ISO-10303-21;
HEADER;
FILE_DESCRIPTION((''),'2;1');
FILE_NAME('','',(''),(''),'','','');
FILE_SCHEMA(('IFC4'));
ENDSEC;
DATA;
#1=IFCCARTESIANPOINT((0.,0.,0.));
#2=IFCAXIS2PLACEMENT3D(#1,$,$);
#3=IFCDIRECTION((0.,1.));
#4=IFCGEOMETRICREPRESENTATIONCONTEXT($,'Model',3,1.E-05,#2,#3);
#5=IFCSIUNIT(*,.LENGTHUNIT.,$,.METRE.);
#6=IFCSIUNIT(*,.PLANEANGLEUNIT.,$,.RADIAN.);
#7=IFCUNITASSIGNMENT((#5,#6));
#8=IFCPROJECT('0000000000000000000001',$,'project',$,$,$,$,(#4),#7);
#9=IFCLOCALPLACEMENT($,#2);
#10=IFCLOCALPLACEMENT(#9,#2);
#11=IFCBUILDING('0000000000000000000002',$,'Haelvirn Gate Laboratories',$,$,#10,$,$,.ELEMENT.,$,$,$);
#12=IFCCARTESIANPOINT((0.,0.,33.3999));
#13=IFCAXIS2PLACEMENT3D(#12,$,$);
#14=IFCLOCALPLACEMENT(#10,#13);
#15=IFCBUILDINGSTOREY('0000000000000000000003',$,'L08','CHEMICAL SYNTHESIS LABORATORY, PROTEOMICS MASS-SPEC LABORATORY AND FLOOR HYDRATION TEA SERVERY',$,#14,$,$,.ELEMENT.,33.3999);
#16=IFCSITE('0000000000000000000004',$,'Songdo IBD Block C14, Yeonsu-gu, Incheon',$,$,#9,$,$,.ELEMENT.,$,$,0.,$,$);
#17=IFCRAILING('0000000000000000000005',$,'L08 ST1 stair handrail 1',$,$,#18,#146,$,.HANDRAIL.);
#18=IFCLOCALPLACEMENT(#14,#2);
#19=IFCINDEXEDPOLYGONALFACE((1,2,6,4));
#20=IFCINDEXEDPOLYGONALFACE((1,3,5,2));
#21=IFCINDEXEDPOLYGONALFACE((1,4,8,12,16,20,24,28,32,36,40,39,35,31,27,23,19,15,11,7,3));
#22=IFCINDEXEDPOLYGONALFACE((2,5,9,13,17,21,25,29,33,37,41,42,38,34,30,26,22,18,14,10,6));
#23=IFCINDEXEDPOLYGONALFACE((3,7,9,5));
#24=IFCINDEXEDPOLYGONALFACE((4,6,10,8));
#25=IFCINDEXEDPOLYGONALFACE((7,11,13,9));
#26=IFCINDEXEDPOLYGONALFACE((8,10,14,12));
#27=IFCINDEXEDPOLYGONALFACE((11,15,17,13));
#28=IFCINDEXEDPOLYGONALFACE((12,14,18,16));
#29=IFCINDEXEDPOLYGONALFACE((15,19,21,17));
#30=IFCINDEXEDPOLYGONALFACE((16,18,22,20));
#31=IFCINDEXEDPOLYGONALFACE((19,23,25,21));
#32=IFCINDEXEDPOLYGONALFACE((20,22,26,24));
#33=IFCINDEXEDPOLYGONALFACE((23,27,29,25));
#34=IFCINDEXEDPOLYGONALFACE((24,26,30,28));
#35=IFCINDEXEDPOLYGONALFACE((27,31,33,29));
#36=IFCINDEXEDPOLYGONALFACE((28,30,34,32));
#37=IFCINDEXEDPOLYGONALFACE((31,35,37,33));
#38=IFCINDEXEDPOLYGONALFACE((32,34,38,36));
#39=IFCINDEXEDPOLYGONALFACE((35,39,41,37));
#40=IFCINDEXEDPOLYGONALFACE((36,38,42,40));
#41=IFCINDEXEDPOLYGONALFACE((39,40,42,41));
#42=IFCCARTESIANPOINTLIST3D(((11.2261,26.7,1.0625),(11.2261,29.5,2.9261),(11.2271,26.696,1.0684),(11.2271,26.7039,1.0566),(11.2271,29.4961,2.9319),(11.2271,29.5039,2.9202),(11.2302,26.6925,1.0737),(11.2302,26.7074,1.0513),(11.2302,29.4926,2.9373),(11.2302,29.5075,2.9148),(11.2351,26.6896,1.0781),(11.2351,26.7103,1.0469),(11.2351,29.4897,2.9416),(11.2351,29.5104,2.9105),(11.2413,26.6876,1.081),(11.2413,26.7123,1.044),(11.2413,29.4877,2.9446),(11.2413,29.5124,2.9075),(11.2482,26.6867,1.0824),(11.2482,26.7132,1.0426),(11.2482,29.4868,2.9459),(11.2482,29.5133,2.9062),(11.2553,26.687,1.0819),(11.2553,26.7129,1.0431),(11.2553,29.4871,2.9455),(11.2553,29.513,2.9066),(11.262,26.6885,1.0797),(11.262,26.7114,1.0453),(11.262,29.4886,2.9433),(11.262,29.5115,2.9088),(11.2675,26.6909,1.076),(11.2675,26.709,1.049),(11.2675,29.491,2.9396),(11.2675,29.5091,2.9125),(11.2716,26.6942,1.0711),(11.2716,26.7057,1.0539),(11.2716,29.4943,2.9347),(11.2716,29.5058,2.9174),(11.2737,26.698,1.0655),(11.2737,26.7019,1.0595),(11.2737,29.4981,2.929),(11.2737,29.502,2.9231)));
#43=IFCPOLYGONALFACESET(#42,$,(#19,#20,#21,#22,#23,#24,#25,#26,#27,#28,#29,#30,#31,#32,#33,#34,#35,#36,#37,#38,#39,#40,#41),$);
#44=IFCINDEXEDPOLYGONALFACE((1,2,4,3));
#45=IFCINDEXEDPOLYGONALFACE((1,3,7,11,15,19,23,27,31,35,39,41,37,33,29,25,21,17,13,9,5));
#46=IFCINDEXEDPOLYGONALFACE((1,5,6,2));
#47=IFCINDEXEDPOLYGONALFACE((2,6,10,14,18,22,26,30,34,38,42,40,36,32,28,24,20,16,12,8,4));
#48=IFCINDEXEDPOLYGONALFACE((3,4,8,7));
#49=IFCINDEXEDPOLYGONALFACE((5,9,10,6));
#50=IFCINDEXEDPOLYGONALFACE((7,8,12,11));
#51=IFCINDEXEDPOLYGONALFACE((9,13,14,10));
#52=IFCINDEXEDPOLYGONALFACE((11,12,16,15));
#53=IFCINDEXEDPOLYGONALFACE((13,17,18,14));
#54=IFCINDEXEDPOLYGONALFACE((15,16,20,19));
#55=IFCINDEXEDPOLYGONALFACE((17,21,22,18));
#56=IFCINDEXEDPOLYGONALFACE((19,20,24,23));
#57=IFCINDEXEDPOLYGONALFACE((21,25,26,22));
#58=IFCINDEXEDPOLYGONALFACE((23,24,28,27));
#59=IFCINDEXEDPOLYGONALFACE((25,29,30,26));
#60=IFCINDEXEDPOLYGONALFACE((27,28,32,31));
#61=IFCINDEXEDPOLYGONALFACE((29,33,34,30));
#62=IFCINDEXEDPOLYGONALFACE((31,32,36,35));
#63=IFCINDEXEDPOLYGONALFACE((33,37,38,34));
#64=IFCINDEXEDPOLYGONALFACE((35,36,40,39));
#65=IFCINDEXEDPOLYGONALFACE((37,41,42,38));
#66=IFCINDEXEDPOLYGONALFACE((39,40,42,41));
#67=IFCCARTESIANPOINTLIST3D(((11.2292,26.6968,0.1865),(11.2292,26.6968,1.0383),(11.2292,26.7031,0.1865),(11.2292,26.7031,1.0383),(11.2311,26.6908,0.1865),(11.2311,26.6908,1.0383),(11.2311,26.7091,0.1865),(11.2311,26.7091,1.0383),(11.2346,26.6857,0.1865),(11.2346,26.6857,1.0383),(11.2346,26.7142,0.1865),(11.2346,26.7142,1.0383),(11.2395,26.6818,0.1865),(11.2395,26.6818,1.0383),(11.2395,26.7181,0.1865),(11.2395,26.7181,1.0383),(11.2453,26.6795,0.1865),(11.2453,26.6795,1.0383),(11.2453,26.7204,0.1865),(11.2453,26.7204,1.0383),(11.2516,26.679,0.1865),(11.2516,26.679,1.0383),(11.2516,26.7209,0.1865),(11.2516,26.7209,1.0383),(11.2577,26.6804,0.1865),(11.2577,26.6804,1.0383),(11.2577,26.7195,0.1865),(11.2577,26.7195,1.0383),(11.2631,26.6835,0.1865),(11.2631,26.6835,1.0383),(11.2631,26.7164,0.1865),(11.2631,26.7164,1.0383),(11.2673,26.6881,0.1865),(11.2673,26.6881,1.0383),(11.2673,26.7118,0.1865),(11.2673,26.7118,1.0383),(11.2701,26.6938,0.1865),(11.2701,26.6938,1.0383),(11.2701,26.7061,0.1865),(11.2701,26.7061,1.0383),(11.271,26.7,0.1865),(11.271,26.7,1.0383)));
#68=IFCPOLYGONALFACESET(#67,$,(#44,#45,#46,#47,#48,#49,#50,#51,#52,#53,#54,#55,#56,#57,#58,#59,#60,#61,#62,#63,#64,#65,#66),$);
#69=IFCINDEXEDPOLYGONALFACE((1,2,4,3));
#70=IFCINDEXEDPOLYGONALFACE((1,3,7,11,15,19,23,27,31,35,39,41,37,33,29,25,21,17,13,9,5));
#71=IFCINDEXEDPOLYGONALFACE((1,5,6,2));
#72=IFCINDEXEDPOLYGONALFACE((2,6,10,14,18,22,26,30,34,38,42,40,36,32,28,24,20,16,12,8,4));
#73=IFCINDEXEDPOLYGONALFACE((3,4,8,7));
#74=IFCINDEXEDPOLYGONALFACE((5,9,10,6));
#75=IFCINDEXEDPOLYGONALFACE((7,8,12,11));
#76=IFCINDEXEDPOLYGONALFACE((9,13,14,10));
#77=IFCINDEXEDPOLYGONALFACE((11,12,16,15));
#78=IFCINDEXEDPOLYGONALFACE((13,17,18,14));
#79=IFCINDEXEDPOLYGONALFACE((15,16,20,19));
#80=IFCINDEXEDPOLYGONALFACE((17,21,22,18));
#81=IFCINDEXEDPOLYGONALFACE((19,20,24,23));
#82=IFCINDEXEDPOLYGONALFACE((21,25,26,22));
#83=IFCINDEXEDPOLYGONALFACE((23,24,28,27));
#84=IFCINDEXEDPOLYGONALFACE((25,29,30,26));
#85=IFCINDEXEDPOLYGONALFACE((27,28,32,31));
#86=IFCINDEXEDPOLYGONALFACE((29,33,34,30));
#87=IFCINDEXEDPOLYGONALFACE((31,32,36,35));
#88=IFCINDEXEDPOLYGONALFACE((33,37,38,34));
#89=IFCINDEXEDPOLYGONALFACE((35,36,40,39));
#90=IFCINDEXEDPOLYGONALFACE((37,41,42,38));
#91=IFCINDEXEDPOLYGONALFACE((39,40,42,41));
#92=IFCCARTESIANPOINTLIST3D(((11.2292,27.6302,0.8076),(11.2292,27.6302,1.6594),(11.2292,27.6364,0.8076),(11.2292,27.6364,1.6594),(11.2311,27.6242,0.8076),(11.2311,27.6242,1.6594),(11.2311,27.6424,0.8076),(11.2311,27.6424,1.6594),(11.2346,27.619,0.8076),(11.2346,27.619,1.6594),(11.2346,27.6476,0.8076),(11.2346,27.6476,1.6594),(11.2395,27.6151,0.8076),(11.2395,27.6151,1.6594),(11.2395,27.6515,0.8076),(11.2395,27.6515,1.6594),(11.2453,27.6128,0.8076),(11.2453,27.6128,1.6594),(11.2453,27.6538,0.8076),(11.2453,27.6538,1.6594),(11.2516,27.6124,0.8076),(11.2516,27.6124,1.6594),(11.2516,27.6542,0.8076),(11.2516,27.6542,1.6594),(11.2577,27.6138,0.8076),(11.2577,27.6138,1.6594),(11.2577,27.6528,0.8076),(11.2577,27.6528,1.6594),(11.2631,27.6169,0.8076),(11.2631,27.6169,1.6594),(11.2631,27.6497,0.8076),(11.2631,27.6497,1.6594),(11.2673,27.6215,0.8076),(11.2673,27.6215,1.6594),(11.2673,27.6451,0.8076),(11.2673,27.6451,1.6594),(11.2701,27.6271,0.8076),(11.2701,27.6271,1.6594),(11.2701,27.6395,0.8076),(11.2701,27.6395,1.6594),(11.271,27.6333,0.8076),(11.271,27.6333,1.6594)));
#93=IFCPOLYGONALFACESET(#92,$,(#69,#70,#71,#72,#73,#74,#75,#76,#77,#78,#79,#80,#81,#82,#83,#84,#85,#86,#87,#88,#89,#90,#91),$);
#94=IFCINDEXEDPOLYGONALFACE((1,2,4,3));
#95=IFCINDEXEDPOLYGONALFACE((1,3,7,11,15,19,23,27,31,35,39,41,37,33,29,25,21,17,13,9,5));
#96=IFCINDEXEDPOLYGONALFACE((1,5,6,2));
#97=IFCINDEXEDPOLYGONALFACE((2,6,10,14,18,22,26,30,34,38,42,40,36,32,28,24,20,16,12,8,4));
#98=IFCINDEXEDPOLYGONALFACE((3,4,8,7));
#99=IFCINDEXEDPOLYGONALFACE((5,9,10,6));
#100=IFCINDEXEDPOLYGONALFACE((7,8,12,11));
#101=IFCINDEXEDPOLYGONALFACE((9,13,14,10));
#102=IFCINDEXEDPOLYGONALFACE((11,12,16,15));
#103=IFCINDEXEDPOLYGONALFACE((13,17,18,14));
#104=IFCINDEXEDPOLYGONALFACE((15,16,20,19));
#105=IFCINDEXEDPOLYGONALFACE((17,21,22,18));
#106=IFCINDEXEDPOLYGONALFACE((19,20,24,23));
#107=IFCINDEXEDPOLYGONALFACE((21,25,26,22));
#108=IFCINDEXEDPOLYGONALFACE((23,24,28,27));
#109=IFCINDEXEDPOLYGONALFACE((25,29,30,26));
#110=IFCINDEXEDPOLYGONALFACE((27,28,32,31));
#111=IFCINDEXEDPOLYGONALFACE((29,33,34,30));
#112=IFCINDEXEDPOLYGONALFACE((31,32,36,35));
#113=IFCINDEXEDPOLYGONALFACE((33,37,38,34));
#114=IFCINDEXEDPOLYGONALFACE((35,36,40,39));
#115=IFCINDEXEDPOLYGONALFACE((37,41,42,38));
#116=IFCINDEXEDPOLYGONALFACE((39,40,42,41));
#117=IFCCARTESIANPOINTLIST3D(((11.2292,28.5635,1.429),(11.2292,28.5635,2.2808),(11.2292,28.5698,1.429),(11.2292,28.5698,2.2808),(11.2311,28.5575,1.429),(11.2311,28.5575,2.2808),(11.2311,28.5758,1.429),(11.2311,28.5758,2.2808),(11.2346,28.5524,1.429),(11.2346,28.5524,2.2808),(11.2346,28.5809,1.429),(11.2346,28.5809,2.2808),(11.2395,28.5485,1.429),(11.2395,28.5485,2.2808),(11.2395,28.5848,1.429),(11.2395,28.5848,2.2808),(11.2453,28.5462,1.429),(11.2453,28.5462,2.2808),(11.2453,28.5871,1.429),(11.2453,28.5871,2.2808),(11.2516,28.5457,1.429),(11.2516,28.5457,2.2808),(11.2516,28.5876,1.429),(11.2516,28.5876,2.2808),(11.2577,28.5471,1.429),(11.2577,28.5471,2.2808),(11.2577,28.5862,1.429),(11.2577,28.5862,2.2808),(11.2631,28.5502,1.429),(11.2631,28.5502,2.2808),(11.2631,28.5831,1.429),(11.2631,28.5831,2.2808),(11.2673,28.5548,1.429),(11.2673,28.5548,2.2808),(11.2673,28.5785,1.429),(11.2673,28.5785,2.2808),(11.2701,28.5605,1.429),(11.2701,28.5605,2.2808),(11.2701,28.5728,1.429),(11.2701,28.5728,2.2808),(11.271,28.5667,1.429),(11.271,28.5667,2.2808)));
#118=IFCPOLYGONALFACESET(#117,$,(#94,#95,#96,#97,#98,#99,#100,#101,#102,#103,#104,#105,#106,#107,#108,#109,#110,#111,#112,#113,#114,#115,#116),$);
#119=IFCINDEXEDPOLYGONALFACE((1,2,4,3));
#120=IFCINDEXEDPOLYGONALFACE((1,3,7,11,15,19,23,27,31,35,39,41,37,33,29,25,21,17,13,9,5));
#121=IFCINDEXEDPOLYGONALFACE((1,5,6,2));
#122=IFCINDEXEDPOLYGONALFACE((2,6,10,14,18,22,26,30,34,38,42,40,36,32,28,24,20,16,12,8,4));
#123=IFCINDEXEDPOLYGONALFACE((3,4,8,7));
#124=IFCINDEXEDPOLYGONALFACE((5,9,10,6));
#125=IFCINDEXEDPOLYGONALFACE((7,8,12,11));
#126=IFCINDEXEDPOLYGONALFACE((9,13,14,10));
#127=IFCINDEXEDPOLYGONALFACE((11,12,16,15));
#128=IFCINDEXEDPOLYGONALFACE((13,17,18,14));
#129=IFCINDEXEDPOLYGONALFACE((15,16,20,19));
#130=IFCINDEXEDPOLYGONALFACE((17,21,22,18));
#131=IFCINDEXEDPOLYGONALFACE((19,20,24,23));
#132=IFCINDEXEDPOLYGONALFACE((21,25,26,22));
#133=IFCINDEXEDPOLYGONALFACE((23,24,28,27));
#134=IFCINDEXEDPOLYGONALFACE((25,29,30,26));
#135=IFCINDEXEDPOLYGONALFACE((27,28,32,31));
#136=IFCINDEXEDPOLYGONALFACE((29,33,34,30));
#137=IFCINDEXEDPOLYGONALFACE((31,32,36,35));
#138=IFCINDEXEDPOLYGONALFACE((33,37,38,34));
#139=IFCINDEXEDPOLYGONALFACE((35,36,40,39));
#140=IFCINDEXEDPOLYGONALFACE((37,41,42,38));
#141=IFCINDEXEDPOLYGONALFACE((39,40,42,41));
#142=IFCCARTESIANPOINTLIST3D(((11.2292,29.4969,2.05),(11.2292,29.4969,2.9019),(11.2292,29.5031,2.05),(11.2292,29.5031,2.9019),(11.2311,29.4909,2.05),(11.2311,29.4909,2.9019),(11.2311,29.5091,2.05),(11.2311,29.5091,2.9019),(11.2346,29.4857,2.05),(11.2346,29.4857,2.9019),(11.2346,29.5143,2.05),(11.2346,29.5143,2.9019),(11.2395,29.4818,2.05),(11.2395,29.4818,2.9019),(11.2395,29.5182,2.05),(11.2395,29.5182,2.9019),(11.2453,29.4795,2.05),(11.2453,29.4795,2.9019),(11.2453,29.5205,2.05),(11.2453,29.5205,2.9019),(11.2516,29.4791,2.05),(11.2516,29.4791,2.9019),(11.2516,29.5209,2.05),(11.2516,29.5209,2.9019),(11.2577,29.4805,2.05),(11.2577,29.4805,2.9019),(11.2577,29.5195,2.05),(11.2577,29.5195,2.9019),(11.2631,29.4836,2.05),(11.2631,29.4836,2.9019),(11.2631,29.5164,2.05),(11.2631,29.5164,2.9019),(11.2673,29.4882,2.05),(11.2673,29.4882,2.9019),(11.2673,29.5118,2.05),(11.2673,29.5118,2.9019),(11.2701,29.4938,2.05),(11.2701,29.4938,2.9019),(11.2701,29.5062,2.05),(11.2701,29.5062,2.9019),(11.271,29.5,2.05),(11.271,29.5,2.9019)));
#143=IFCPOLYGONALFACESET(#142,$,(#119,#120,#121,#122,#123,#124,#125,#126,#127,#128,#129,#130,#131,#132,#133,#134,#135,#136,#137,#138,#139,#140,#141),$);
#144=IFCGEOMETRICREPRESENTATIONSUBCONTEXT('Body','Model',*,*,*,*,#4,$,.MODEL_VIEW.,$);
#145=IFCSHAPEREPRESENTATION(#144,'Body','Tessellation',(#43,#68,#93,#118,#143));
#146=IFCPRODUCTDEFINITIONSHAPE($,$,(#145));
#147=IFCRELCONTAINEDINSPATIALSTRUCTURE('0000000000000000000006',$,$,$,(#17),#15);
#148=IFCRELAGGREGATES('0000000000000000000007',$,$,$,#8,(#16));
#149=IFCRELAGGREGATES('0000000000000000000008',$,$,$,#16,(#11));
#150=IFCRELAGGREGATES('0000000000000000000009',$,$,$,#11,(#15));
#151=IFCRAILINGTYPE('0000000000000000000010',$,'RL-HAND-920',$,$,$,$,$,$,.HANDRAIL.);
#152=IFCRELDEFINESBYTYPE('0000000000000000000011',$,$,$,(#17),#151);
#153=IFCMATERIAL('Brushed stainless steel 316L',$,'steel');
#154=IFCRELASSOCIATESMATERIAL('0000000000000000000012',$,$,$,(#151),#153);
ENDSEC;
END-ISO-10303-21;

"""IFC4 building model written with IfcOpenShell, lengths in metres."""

from ifc_helpers import new_model, si_unit, direction, frame, origin, origin_2d, place, context, subcontext, project, spatial, circle, extrude, source, transform, mapped, material, type_object, type_shapes, element, save


model = new_model("IFC4")

# Units and contexts
model_context = context("Model", 3, precision=1e-05, world=origin(), true_north=direction((0.0, 1.0)))
body_context = subcontext(model_context, "Body", "Model", "MODEL_VIEW")
ifc_project = project(units=[si_unit("LENGTHUNIT", "METRE"), si_unit("PLANEANGLEUNIT", "RADIAN")], contexts=[model_context])

# Site, building, storey
site_placement = place(None, origin())
site = spatial("IfcSite", under=ifc_project, at=site_placement, Name="Songdo IBD Block C14, Yeonsu-gu, Incheon", CompositionType="ELEMENT", RefElevation=0.0)
building_placement = place(site_placement, origin())
building = spatial("IfcBuilding", under=site, at=building_placement, Name="Haelvirn Gate Laboratories", CompositionType="ELEMENT")
storey_placement = place(building_placement, frame((0.0, 0.0, 33.3999)))
storey = spatial("IfcBuildingStorey", under=building, at=storey_placement, Name="L08", Description="CHEMICAL SYNTHESIS LABORATORY, PROTEOMICS MASS-SPEC LABORATORY AND FLOOR HYDRATION TEA SERVERY", CompositionType="ELEMENT", Elevation=33.3999)

# Railing
ifc_material_1 = material(Name="Brushed stainless steel 316L", Category="steel")
railing_type = type_object("IfcRailingType", Name="RL-HAND-920", PredefinedType="HANDRAIL", material=ifc_material_1)
shared_shape_1 = source(origin(), body_context, "Body", "SweptSolid", [
    extrude(circle(Radius=0.0239, at=origin_2d()), frame((0.0, 0.0, 0.876), z_axis=(0.0, 0.832486, 0.554047), x_axis=(-1.0, 0.0, 0.0)), (0.0, 0.0, 1.0), 3.3635),
    extrude(circle(Radius=0.021, at=origin_2d()), origin(), (0.0, 0.0, 1.0), 0.8518),
    extrude(circle(Radius=0.021, at=origin_2d()), frame((0.0, 0.9333, 0.6211)), (0.0, 0.0, 1.0), 0.8518),
    extrude(circle(Radius=0.021, at=origin_2d()), frame((0.0, 1.8667, 1.2424)), (0.0, 0.0, 1.0), 0.8518),
    extrude(circle(Radius=0.021, at=origin_2d()), frame((0.0, 2.8, 1.8635)), (0.0, 0.0, 1.0), 0.8518),
])
type_shapes(railing_type, [shared_shape_1])
railing_placement = place(storey_placement, frame((11.25, 26.7, 0.1865)))
element("IfcRailing", 1, at=railing_placement, inside=storey, type_object=railing_type, Name="L08 ST1 stair handrail 1", PredefinedType="HANDRAIL", context=body_context, shape_type="MappedRepresentation", body=[
    mapped(shared_shape_1, transform((0.0, 0.0, 0.0), scale=1.0)),
])

save(model, "model.ifc")
